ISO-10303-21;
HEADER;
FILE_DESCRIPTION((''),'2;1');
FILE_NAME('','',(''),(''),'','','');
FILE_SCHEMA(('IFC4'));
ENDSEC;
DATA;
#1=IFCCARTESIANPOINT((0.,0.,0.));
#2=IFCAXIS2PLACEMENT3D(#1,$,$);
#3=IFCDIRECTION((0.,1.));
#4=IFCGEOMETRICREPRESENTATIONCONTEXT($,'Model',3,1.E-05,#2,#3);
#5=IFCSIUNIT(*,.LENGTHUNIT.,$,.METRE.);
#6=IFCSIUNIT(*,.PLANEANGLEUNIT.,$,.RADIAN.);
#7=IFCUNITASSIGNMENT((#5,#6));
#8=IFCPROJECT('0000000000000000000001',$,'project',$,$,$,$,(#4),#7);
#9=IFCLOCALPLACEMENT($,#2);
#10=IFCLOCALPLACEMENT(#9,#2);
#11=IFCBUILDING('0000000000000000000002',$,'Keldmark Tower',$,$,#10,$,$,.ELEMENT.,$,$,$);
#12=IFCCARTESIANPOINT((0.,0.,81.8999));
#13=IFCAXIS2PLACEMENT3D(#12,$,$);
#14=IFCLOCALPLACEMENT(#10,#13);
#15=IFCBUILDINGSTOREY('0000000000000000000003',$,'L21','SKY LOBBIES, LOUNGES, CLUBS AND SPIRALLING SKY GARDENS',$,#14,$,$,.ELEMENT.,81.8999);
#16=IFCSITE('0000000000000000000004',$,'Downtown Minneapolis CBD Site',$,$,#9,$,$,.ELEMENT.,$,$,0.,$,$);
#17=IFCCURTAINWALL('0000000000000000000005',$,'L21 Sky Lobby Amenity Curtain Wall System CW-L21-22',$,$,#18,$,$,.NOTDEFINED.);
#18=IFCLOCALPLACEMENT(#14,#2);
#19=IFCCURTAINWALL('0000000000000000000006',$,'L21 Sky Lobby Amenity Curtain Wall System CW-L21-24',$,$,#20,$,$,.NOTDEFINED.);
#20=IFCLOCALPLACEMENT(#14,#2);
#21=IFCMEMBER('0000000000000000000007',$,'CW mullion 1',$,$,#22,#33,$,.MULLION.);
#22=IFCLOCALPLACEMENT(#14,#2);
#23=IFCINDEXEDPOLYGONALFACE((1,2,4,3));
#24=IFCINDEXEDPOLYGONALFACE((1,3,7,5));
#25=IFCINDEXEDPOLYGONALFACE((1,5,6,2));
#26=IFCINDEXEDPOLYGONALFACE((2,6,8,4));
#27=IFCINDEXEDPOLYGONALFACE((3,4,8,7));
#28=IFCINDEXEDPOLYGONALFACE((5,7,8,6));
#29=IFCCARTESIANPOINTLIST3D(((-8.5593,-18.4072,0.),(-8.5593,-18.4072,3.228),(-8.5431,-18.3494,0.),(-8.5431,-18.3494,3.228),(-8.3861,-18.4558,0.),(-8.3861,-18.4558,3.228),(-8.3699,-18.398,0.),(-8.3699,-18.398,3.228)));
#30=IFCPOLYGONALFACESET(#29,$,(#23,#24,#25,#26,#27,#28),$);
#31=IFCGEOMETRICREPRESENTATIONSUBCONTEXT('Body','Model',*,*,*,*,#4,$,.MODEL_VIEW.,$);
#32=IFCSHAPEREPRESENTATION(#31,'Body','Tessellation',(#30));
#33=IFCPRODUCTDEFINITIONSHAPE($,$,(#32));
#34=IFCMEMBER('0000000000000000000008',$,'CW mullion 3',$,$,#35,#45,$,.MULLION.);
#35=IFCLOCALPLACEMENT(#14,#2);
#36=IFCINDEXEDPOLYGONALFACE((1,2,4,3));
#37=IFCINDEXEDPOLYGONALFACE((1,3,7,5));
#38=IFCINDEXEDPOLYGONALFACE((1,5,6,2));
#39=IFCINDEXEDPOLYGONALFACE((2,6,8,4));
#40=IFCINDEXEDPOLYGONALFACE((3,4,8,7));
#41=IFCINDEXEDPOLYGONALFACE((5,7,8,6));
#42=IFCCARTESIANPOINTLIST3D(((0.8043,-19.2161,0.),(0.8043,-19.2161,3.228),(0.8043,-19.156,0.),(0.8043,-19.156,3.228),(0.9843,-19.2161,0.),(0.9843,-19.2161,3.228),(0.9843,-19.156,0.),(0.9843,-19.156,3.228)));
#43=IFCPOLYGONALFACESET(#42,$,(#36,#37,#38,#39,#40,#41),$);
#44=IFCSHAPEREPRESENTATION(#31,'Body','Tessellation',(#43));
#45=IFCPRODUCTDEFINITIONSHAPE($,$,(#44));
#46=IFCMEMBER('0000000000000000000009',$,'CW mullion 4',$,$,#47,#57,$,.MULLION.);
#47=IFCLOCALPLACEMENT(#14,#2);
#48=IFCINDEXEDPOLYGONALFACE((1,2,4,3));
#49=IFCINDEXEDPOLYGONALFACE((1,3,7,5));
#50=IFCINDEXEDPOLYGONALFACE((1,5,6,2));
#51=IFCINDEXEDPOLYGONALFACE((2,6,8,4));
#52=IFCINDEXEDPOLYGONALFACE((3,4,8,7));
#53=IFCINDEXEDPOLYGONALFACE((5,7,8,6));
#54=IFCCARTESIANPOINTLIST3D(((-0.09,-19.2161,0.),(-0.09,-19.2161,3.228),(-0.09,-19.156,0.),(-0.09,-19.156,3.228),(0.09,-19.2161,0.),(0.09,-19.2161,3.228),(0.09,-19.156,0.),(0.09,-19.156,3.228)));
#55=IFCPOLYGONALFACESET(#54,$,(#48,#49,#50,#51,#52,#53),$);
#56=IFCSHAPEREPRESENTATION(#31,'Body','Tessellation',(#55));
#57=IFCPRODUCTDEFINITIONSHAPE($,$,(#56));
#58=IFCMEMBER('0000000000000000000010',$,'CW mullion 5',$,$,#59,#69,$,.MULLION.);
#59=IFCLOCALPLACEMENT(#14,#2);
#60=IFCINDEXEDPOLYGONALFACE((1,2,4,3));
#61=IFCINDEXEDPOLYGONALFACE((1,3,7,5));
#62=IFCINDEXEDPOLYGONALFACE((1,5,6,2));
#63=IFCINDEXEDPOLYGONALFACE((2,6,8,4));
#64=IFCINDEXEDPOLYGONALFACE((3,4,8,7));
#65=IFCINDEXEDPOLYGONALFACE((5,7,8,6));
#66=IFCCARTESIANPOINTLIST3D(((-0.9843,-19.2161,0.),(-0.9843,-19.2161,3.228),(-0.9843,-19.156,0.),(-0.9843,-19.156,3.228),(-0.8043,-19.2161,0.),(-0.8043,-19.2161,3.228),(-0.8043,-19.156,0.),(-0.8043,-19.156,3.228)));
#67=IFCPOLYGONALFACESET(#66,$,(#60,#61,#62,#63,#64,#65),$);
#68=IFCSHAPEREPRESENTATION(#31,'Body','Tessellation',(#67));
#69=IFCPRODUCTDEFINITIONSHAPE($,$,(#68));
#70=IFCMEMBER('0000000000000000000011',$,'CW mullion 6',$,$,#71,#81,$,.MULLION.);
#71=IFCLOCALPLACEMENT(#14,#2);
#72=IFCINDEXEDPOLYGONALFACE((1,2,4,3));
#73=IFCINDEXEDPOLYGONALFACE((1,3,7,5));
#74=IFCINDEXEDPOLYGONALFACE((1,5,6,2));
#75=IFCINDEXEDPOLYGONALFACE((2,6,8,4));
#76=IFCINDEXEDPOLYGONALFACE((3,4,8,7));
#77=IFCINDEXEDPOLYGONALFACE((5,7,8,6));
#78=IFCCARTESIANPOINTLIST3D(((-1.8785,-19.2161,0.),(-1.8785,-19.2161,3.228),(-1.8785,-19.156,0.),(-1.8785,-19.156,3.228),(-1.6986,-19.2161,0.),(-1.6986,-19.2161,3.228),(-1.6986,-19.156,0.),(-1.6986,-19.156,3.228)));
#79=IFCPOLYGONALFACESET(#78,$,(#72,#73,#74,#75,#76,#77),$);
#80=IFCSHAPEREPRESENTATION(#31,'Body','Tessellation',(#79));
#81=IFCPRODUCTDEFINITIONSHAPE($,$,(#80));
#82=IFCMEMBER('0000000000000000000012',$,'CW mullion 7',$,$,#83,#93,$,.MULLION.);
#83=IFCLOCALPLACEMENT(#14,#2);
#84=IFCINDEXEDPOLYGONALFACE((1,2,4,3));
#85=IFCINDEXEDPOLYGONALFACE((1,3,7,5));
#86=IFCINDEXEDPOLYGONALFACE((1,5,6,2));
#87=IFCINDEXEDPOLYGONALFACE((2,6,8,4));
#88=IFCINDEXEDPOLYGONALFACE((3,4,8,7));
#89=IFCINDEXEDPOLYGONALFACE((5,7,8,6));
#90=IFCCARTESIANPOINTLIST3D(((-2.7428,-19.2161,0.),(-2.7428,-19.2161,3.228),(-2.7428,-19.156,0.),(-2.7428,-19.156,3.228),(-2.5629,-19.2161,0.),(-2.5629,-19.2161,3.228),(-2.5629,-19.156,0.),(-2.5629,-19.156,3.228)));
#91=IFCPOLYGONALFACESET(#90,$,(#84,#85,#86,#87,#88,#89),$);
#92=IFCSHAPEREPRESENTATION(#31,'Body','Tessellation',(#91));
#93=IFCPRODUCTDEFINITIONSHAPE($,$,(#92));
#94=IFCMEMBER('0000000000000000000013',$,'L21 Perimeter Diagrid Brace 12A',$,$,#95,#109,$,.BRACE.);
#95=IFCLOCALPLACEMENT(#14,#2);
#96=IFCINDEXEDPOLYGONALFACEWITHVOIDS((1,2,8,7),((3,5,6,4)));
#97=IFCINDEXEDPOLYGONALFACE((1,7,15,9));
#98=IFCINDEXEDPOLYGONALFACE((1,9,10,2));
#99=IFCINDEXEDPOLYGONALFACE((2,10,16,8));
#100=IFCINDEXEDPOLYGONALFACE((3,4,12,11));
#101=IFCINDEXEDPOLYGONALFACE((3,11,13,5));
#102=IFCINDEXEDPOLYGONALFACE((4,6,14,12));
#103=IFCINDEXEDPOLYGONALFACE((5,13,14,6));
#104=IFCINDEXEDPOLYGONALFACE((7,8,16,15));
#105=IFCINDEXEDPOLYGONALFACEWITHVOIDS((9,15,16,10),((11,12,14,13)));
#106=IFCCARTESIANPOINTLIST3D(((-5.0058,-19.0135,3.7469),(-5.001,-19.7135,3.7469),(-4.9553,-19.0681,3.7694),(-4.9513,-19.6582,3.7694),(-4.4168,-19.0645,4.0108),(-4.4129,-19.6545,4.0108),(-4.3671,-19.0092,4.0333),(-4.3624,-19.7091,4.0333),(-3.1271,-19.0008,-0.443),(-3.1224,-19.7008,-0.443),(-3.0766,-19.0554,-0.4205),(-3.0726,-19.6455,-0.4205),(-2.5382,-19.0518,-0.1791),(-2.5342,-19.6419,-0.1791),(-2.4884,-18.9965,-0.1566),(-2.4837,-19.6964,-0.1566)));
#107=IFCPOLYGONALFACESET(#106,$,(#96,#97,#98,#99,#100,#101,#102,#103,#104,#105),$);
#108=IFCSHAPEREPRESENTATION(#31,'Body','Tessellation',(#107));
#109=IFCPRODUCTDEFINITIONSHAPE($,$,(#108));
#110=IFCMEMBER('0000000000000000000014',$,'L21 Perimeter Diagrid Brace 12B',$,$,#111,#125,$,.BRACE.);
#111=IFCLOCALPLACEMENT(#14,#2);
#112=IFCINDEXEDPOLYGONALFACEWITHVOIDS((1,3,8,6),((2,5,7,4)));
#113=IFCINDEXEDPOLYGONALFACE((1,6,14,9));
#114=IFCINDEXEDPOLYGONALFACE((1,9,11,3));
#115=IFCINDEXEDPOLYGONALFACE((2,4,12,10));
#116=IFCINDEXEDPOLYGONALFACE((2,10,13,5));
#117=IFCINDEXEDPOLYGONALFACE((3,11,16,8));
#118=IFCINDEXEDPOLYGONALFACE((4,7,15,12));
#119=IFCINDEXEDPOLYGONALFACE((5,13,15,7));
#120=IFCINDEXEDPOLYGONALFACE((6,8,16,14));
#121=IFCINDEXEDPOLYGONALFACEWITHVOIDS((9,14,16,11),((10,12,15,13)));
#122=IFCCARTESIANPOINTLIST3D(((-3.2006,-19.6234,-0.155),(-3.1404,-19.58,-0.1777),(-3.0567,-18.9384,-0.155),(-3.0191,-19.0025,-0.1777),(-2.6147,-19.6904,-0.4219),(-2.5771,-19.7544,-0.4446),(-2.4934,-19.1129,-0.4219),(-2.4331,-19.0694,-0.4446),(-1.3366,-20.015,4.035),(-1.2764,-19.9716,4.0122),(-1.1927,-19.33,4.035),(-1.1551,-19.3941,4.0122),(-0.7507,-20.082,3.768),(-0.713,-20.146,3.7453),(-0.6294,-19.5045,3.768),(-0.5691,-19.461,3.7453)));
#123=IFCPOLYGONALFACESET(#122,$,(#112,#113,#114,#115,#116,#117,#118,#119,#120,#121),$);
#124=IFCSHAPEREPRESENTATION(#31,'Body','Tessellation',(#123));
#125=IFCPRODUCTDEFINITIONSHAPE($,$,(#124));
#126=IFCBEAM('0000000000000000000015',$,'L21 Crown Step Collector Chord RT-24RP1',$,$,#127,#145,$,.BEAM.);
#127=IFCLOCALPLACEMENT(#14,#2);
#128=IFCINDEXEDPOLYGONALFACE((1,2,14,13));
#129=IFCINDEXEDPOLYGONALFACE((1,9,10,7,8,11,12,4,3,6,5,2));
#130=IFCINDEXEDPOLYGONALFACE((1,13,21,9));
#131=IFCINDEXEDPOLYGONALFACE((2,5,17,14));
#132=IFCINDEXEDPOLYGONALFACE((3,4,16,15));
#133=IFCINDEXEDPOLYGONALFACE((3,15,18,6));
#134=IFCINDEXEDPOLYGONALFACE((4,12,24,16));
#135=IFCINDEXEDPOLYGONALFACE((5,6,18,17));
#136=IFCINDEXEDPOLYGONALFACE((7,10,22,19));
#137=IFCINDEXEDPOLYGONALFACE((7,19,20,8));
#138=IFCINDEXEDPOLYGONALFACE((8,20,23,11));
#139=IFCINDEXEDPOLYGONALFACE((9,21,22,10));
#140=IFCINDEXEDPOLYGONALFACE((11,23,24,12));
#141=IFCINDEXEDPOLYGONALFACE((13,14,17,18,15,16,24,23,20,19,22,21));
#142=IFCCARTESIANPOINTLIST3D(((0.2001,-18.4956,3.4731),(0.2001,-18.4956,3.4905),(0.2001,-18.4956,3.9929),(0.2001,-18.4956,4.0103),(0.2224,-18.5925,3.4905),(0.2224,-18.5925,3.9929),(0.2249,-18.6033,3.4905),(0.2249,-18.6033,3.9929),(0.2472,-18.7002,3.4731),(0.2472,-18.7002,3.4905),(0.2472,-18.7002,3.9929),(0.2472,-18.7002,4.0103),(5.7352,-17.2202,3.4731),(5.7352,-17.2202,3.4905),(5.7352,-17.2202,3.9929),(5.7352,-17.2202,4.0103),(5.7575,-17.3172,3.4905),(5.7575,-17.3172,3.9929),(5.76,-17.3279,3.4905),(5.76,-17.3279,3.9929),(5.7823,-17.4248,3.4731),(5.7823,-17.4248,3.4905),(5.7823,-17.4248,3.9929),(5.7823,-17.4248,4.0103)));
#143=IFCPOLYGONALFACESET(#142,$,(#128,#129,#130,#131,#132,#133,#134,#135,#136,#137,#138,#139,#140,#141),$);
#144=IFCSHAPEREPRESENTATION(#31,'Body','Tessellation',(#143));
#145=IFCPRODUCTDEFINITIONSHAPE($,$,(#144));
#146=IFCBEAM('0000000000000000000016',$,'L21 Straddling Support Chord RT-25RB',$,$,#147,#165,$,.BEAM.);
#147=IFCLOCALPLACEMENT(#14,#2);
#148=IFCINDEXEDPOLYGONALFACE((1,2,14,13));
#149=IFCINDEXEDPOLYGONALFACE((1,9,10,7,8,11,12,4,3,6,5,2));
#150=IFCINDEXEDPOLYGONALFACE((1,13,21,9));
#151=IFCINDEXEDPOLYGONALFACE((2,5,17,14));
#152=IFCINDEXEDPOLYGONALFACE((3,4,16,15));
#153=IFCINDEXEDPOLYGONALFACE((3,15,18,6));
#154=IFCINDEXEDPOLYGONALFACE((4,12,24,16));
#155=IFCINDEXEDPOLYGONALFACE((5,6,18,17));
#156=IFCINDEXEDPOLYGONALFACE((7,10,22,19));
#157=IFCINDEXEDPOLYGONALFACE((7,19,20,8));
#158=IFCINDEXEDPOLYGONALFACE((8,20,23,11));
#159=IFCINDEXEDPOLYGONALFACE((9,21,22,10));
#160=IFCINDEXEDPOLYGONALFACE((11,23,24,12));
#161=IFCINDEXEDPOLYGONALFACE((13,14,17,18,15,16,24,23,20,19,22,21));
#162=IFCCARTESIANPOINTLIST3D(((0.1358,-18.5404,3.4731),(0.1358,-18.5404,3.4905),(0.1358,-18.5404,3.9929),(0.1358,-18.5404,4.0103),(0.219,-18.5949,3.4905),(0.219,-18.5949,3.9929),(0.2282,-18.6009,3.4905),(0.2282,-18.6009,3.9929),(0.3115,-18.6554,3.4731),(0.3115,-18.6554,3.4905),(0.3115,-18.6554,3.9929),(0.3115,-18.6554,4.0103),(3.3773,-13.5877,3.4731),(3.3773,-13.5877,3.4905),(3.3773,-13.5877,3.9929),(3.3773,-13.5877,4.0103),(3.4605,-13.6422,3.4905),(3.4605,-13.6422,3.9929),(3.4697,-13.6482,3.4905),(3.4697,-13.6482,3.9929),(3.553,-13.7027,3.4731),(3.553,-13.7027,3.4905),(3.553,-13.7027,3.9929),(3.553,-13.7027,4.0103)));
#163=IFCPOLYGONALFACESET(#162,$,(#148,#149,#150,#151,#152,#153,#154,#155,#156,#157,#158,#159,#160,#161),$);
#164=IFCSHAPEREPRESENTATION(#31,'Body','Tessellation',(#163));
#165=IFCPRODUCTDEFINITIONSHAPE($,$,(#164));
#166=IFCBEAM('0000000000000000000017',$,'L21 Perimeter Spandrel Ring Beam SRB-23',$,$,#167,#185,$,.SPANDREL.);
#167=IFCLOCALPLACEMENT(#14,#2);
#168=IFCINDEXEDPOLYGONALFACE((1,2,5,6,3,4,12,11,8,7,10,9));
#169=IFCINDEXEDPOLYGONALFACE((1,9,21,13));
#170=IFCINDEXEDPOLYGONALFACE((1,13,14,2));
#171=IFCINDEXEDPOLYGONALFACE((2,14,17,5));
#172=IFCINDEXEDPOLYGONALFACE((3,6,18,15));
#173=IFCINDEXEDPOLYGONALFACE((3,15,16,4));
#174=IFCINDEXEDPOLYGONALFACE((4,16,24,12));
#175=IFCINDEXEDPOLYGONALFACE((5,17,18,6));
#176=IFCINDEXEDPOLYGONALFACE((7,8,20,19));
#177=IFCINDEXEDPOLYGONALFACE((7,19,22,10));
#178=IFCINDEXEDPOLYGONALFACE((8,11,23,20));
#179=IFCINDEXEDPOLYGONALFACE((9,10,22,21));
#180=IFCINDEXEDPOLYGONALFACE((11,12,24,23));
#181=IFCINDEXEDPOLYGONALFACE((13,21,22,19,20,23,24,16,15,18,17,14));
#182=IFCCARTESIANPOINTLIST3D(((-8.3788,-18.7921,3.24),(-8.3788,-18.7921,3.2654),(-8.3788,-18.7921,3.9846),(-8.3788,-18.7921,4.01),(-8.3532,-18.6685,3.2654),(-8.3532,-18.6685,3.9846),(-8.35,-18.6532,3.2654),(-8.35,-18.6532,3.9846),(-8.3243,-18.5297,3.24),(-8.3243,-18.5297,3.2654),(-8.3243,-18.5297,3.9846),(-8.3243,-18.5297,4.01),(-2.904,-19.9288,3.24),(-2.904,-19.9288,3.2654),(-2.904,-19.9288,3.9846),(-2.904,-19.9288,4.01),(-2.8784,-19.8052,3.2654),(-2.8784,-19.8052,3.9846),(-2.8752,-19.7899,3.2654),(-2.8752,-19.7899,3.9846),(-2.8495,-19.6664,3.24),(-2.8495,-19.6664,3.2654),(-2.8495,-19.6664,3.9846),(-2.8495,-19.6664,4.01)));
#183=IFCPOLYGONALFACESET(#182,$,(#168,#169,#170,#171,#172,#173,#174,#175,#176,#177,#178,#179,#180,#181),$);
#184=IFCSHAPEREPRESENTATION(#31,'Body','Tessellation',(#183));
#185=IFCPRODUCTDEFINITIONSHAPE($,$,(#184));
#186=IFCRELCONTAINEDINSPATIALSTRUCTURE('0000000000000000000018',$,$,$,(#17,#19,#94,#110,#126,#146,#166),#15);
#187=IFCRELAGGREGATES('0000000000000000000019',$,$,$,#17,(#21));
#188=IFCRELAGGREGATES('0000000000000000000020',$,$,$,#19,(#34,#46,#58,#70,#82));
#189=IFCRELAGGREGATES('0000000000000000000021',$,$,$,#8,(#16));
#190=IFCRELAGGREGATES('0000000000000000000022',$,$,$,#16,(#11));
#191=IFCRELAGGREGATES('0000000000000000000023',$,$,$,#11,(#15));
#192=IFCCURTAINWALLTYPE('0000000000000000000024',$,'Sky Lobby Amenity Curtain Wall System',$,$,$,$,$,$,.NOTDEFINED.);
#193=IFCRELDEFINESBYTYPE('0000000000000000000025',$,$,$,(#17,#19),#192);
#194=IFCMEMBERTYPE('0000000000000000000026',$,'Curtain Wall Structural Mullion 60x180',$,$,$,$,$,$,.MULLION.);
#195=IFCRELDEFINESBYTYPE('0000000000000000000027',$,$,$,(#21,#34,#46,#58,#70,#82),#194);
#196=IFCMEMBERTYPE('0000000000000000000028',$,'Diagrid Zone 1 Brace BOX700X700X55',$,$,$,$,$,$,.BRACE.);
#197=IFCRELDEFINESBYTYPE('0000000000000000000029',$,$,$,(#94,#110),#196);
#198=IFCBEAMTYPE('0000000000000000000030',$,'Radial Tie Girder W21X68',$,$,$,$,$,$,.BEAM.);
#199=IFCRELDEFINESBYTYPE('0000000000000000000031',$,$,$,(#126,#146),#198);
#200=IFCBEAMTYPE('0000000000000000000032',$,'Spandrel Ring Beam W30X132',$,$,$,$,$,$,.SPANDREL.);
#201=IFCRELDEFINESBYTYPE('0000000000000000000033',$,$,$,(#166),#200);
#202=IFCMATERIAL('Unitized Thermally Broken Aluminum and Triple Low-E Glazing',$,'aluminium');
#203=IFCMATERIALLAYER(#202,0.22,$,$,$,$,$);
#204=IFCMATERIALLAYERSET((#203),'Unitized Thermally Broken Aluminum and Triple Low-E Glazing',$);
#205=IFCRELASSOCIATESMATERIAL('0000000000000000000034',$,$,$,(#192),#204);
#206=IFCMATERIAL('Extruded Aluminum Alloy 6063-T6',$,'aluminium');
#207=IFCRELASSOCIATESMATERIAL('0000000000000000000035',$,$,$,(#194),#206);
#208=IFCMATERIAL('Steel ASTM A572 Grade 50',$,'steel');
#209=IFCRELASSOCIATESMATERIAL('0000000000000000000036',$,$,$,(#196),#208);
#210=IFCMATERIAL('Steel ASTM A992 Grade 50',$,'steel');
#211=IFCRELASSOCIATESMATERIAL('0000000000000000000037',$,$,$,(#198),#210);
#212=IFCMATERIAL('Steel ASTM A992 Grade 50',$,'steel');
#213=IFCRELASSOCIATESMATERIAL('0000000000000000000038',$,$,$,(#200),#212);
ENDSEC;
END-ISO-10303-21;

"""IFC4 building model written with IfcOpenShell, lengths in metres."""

from ifc_helpers import new_model, si_unit, direction, frame, origin, origin_2d, place, context, subcontext, project, spatial, rectangle, hollow_rectangle, i_section, extrude, material, layer, layer_set, material_profile, profile_set, type_object, element, aggregate, save


model = new_model("IFC4")

# Units and contexts
model_context = context("Model", 3, precision=1e-05, world=origin(), true_north=direction((0.0, 1.0)))
body_context = subcontext(model_context, "Body", "Model", "MODEL_VIEW")
ifc_project = project(units=[si_unit("LENGTHUNIT", "METRE"), si_unit("PLANEANGLEUNIT", "RADIAN")], contexts=[model_context])

# Site, building, storey
site_placement = place(None, origin())
site = spatial("IfcSite", under=ifc_project, at=site_placement, Name="Downtown Minneapolis CBD Site", CompositionType="ELEMENT", RefElevation=0.0)
building_placement = place(site_placement, origin())
building = spatial("IfcBuilding", under=site, at=building_placement, Name="Keldmark Tower", CompositionType="ELEMENT")
storey_placement = place(building_placement, frame((0.0, 0.0, 81.8999)))
storey = spatial("IfcBuildingStorey", under=building, at=storey_placement, Name="L21", Description="SKY LOBBIES, LOUNGES, CLUBS AND SPIRALLING SKY GARDENS", CompositionType="ELEMENT", Elevation=81.8999)

# Curtain walls
ifc_material_1 = material(Name="Unitized Thermally Broken Aluminum and Triple Low-E Glazing", Category="aluminium")
ifc_layer_1 = layer(ifc_material_1, 0.22)
ifc_layer_set_1 = layer_set([ifc_layer_1], Name="Unitized Thermally Broken Aluminum and Triple Low-E Glazing")
curtain_wall_type = type_object("IfcCurtainWallType", Name="Sky Lobby Amenity Curtain Wall System", PredefinedType="NOTDEFINED", material=ifc_layer_set_1)
curtain_wall_1_placement = place(storey_placement, origin())
curtain_wall_1 = element("IfcCurtainWall", 1, at=curtain_wall_1_placement, inside=storey, type_object=curtain_wall_type, Name="L21 Sky Lobby Amenity Curtain Wall System CW-L21-22", PredefinedType="NOTDEFINED")
curtain_wall_2_placement = place(storey_placement, origin())
curtain_wall_2 = element("IfcCurtainWall", 2, at=curtain_wall_2_placement, inside=storey, type_object=curtain_wall_type, Name="L21 Sky Lobby Amenity Curtain Wall System CW-L21-24", PredefinedType="NOTDEFINED")

# Members
ifc_material_2 = material(Name="Extruded Aluminum Alloy 6063-T6", Category="aluminium")
ifc_material_profile_1 = material_profile(ifc_material_2, rectangle(XDim=0.0601, YDim=0.1799, at=origin_2d()), Name="CWM60X180")
ifc_profile_set_1 = profile_set([ifc_material_profile_1], Name="Extruded Aluminum Alloy 6063-T6")
member_type_1 = type_object("IfcMemberType", Name="Curtain Wall Structural Mullion 60x180", PredefinedType="MULLION", material=ifc_profile_set_1)
member_1_placement = place(storey_placement, frame((-8.4646, -18.4026, 0.0), z_axis=(0.0, 0.0, 1.0), x_axis=(-0.270028, -0.962852, 0.0)))
member_1 = element("IfcMember", 3, at=member_1_placement, type_object=member_type_1, Name="CW mullion 1", PredefinedType="MULLION", context=body_context, shape_type="SweptSolid", body=[
    extrude(rectangle(XDim=0.0601, YDim=0.1799, at=origin_2d()), origin(), (0.0, 0.0, 1.0), 3.228),
])
aggregate(curtain_wall_1, [member_1])
member_2_placement = place(storey_placement, frame((0.8943, -19.186, 0.0), z_axis=(0.0, 0.0, 1.0), x_axis=(0.0, -1.0, 0.0)))
member_2 = element("IfcMember", 4, at=member_2_placement, type_object=member_type_1, Name="CW mullion 3", PredefinedType="MULLION", context=body_context, shape_type="SweptSolid", body=[
    extrude(rectangle(XDim=0.0601, YDim=0.1799, at=origin_2d()), origin(), (0.0, 0.0, 1.0), 3.228),
])
member_3_placement = place(storey_placement, frame((0.0, -19.186, 0.0), z_axis=(0.0, 0.0, 1.0), x_axis=(0.0, -1.0, 0.0)))
member_3 = element("IfcMember", 5, at=member_3_placement, type_object=member_type_1, Name="CW mullion 4", PredefinedType="MULLION", context=body_context, shape_type="SweptSolid", body=[
    extrude(rectangle(XDim=0.0601, YDim=0.1799, at=origin_2d()), origin(), (0.0, 0.0, 1.0), 3.228),
])
member_4_placement = place(storey_placement, frame((-0.8943, -19.186, 0.0), z_axis=(0.0, 0.0, 1.0), x_axis=(0.0, -1.0, 0.0)))
member_4 = element("IfcMember", 6, at=member_4_placement, type_object=member_type_1, Name="CW mullion 5", PredefinedType="MULLION", context=body_context, shape_type="SweptSolid", body=[
    extrude(rectangle(XDim=0.0601, YDim=0.1799, at=origin_2d()), origin(), (0.0, 0.0, 1.0), 3.228),
])
member_5_placement = place(storey_placement, frame((-1.7886, -19.186, 0.0), z_axis=(0.0, 0.0, 1.0), x_axis=(0.0, -1.0, 0.0)))
member_5 = element("IfcMember", 7, at=member_5_placement, type_object=member_type_1, Name="CW mullion 6", PredefinedType="MULLION", context=body_context, shape_type="SweptSolid", body=[
    extrude(rectangle(XDim=0.0601, YDim=0.1799, at=origin_2d()), origin(), (0.0, 0.0, 1.0), 3.228),
])
member_6_placement = place(storey_placement, frame((-2.6528, -19.186, 0.0), z_axis=(0.0, 0.0, 1.0), x_axis=(0.0, -1.0, 0.0)))
member_6 = element("IfcMember", 8, at=member_6_placement, type_object=member_type_1, Name="CW mullion 7", PredefinedType="MULLION", context=body_context, shape_type="SweptSolid", body=[
    extrude(rectangle(XDim=0.0601, YDim=0.1799, at=origin_2d()), origin(), (0.0, 0.0, 1.0), 3.228),
])

# Members
ifc_material_3 = material(Name="Steel ASTM A572 Grade 50", Category="steel")
ifc_material_profile_2 = material_profile(ifc_material_3, hollow_rectangle(XDim=0.7, YDim=0.7, WallThickness=0.0549, at=origin_2d()), Name="BOX700X700X55")
ifc_profile_set_2 = profile_set([ifc_material_profile_2], Name="Steel ASTM A572 Grade 50")
member_type_2 = type_object("IfcMemberType", Name="Diagrid Zone 1 Brace BOX700X700X55", PredefinedType="BRACE", material=ifc_profile_set_2)
member_7_placement = place(storey_placement, frame((-2.8054, -19.3486, -0.2998), z_axis=(-0.409129, -0.002765, 0.912472), x_axis=(0.006757, -0.999977, 0.0)))
element("IfcMember", 9, at=member_7_placement, inside=storey, type_object=member_type_2, Name="L21 Perimeter Diagrid Brace 12A", PredefinedType="BRACE", context=body_context, shape_type="SweptSolid", body=[
    extrude(hollow_rectangle(XDim=0.7, YDim=0.7, WallThickness=0.0549, at=origin_2d()), origin(), (0.0, 0.0, 1.0), 4.5918),
])
member_8_placement = place(storey_placement, frame((-2.8169, -19.3464, -0.2998), z_axis=(0.404995, -0.085084, 0.910351), x_axis=(0.205597, 0.978637, 0.0)))
element("IfcMember", 10, at=member_8_placement, inside=storey, type_object=member_type_2, Name="L21 Perimeter Diagrid Brace 12B", PredefinedType="BRACE", context=body_context, shape_type="SweptSolid", body=[
    extrude(hollow_rectangle(XDim=0.7, YDim=0.7, WallThickness=0.0549, at=origin_2d()), origin(), (0.0, 0.0, 1.0), 4.6025),
])

# Beams
ifc_material_4 = material(Name="Steel ASTM A992 Grade 50", Category="steel")
ifc_material_profile_3 = material_profile(ifc_material_4, i_section(OverallWidth=0.21, OverallDepth=0.5371, WebThickness=0.011, FlangeThickness=0.0173, at=origin_2d()), Name="W21X68")
ifc_profile_set_3 = profile_set([ifc_material_profile_3], Name="Steel ASTM A992 Grade 50")
beam_type_1 = type_object("IfcBeamType", Name="Radial Tie Girder W21X68", PredefinedType="BEAM", material=ifc_profile_set_3)
beam_1_placement = place(storey_placement, frame((0.2236, -18.5979, 3.7417), z_axis=(0.974466, 0.224533, 0.0), x_axis=(-0.224533, 0.974466, 0.0)))
element("IfcBeam", 11, at=beam_1_placement, inside=storey, type_object=beam_type_1, Name="L21 Crown Step Collector Chord RT-24RP1", PredefinedType="BEAM", context=body_context, shape_type="SweptSolid", body=[
    extrude(i_section(OverallWidth=0.21, OverallDepth=0.5371, WebThickness=0.011, FlangeThickness=0.0173, at=origin_2d()), origin(), (0.0, 0.0, 1.0), 5.6802),
])
beam_2_placement = place(storey_placement, frame((0.2236, -18.5979, 3.7417), z_axis=(0.547627, 0.836722, 0.0), x_axis=(-0.836722, 0.547627, 0.0)))
element("IfcBeam", 12, at=beam_2_placement, inside=storey, type_object=beam_type_1, Name="L21 Straddling Support Chord RT-25RB", PredefinedType="BEAM", context=body_context, shape_type="SweptSolid", body=[
    extrude(i_section(OverallWidth=0.21, OverallDepth=0.5371, WebThickness=0.011, FlangeThickness=0.0173, at=origin_2d()), origin(), (0.0, 0.0, 1.0), 5.9192),
])
ifc_material_5 = material(Name="Steel ASTM A992 Grade 50", Category="steel")
ifc_material_profile_4 = material_profile(ifc_material_5, i_section(OverallWidth=0.2681, OverallDepth=0.77, WebThickness=0.0156, FlangeThickness=0.0254, at=origin_2d()), Name="W30X132")
ifc_profile_set_4 = profile_set([ifc_material_profile_4], Name="Steel ASTM A992 Grade 50")
beam_type_2 = type_object("IfcBeamType", Name="Spandrel Ring Beam W30X132", PredefinedType="SPANDREL", material=ifc_profile_set_4)
beam_3_placement = place(storey_placement, frame((-8.3516, -18.6609, 3.625), z_axis=(0.979119, -0.20329, 0.0), x_axis=(0.20329, 0.979119, 0.0)))
element("IfcBeam", 13, at=beam_3_placement, inside=storey, type_object=beam_type_2, Name="L21 Perimeter Spandrel Ring Beam SRB-23", PredefinedType="SPANDREL", context=body_context, shape_type="SweptSolid", body=[
    extrude(i_section(OverallWidth=0.2681, OverallDepth=0.77, WebThickness=0.0156, FlangeThickness=0.0254, at=origin_2d()), origin(), (0.0, 0.0, 1.0), 5.5916),
])

aggregate(curtain_wall_2, [member_2, member_3, member_4, member_5, member_6])

save(model, "model.ifc")
